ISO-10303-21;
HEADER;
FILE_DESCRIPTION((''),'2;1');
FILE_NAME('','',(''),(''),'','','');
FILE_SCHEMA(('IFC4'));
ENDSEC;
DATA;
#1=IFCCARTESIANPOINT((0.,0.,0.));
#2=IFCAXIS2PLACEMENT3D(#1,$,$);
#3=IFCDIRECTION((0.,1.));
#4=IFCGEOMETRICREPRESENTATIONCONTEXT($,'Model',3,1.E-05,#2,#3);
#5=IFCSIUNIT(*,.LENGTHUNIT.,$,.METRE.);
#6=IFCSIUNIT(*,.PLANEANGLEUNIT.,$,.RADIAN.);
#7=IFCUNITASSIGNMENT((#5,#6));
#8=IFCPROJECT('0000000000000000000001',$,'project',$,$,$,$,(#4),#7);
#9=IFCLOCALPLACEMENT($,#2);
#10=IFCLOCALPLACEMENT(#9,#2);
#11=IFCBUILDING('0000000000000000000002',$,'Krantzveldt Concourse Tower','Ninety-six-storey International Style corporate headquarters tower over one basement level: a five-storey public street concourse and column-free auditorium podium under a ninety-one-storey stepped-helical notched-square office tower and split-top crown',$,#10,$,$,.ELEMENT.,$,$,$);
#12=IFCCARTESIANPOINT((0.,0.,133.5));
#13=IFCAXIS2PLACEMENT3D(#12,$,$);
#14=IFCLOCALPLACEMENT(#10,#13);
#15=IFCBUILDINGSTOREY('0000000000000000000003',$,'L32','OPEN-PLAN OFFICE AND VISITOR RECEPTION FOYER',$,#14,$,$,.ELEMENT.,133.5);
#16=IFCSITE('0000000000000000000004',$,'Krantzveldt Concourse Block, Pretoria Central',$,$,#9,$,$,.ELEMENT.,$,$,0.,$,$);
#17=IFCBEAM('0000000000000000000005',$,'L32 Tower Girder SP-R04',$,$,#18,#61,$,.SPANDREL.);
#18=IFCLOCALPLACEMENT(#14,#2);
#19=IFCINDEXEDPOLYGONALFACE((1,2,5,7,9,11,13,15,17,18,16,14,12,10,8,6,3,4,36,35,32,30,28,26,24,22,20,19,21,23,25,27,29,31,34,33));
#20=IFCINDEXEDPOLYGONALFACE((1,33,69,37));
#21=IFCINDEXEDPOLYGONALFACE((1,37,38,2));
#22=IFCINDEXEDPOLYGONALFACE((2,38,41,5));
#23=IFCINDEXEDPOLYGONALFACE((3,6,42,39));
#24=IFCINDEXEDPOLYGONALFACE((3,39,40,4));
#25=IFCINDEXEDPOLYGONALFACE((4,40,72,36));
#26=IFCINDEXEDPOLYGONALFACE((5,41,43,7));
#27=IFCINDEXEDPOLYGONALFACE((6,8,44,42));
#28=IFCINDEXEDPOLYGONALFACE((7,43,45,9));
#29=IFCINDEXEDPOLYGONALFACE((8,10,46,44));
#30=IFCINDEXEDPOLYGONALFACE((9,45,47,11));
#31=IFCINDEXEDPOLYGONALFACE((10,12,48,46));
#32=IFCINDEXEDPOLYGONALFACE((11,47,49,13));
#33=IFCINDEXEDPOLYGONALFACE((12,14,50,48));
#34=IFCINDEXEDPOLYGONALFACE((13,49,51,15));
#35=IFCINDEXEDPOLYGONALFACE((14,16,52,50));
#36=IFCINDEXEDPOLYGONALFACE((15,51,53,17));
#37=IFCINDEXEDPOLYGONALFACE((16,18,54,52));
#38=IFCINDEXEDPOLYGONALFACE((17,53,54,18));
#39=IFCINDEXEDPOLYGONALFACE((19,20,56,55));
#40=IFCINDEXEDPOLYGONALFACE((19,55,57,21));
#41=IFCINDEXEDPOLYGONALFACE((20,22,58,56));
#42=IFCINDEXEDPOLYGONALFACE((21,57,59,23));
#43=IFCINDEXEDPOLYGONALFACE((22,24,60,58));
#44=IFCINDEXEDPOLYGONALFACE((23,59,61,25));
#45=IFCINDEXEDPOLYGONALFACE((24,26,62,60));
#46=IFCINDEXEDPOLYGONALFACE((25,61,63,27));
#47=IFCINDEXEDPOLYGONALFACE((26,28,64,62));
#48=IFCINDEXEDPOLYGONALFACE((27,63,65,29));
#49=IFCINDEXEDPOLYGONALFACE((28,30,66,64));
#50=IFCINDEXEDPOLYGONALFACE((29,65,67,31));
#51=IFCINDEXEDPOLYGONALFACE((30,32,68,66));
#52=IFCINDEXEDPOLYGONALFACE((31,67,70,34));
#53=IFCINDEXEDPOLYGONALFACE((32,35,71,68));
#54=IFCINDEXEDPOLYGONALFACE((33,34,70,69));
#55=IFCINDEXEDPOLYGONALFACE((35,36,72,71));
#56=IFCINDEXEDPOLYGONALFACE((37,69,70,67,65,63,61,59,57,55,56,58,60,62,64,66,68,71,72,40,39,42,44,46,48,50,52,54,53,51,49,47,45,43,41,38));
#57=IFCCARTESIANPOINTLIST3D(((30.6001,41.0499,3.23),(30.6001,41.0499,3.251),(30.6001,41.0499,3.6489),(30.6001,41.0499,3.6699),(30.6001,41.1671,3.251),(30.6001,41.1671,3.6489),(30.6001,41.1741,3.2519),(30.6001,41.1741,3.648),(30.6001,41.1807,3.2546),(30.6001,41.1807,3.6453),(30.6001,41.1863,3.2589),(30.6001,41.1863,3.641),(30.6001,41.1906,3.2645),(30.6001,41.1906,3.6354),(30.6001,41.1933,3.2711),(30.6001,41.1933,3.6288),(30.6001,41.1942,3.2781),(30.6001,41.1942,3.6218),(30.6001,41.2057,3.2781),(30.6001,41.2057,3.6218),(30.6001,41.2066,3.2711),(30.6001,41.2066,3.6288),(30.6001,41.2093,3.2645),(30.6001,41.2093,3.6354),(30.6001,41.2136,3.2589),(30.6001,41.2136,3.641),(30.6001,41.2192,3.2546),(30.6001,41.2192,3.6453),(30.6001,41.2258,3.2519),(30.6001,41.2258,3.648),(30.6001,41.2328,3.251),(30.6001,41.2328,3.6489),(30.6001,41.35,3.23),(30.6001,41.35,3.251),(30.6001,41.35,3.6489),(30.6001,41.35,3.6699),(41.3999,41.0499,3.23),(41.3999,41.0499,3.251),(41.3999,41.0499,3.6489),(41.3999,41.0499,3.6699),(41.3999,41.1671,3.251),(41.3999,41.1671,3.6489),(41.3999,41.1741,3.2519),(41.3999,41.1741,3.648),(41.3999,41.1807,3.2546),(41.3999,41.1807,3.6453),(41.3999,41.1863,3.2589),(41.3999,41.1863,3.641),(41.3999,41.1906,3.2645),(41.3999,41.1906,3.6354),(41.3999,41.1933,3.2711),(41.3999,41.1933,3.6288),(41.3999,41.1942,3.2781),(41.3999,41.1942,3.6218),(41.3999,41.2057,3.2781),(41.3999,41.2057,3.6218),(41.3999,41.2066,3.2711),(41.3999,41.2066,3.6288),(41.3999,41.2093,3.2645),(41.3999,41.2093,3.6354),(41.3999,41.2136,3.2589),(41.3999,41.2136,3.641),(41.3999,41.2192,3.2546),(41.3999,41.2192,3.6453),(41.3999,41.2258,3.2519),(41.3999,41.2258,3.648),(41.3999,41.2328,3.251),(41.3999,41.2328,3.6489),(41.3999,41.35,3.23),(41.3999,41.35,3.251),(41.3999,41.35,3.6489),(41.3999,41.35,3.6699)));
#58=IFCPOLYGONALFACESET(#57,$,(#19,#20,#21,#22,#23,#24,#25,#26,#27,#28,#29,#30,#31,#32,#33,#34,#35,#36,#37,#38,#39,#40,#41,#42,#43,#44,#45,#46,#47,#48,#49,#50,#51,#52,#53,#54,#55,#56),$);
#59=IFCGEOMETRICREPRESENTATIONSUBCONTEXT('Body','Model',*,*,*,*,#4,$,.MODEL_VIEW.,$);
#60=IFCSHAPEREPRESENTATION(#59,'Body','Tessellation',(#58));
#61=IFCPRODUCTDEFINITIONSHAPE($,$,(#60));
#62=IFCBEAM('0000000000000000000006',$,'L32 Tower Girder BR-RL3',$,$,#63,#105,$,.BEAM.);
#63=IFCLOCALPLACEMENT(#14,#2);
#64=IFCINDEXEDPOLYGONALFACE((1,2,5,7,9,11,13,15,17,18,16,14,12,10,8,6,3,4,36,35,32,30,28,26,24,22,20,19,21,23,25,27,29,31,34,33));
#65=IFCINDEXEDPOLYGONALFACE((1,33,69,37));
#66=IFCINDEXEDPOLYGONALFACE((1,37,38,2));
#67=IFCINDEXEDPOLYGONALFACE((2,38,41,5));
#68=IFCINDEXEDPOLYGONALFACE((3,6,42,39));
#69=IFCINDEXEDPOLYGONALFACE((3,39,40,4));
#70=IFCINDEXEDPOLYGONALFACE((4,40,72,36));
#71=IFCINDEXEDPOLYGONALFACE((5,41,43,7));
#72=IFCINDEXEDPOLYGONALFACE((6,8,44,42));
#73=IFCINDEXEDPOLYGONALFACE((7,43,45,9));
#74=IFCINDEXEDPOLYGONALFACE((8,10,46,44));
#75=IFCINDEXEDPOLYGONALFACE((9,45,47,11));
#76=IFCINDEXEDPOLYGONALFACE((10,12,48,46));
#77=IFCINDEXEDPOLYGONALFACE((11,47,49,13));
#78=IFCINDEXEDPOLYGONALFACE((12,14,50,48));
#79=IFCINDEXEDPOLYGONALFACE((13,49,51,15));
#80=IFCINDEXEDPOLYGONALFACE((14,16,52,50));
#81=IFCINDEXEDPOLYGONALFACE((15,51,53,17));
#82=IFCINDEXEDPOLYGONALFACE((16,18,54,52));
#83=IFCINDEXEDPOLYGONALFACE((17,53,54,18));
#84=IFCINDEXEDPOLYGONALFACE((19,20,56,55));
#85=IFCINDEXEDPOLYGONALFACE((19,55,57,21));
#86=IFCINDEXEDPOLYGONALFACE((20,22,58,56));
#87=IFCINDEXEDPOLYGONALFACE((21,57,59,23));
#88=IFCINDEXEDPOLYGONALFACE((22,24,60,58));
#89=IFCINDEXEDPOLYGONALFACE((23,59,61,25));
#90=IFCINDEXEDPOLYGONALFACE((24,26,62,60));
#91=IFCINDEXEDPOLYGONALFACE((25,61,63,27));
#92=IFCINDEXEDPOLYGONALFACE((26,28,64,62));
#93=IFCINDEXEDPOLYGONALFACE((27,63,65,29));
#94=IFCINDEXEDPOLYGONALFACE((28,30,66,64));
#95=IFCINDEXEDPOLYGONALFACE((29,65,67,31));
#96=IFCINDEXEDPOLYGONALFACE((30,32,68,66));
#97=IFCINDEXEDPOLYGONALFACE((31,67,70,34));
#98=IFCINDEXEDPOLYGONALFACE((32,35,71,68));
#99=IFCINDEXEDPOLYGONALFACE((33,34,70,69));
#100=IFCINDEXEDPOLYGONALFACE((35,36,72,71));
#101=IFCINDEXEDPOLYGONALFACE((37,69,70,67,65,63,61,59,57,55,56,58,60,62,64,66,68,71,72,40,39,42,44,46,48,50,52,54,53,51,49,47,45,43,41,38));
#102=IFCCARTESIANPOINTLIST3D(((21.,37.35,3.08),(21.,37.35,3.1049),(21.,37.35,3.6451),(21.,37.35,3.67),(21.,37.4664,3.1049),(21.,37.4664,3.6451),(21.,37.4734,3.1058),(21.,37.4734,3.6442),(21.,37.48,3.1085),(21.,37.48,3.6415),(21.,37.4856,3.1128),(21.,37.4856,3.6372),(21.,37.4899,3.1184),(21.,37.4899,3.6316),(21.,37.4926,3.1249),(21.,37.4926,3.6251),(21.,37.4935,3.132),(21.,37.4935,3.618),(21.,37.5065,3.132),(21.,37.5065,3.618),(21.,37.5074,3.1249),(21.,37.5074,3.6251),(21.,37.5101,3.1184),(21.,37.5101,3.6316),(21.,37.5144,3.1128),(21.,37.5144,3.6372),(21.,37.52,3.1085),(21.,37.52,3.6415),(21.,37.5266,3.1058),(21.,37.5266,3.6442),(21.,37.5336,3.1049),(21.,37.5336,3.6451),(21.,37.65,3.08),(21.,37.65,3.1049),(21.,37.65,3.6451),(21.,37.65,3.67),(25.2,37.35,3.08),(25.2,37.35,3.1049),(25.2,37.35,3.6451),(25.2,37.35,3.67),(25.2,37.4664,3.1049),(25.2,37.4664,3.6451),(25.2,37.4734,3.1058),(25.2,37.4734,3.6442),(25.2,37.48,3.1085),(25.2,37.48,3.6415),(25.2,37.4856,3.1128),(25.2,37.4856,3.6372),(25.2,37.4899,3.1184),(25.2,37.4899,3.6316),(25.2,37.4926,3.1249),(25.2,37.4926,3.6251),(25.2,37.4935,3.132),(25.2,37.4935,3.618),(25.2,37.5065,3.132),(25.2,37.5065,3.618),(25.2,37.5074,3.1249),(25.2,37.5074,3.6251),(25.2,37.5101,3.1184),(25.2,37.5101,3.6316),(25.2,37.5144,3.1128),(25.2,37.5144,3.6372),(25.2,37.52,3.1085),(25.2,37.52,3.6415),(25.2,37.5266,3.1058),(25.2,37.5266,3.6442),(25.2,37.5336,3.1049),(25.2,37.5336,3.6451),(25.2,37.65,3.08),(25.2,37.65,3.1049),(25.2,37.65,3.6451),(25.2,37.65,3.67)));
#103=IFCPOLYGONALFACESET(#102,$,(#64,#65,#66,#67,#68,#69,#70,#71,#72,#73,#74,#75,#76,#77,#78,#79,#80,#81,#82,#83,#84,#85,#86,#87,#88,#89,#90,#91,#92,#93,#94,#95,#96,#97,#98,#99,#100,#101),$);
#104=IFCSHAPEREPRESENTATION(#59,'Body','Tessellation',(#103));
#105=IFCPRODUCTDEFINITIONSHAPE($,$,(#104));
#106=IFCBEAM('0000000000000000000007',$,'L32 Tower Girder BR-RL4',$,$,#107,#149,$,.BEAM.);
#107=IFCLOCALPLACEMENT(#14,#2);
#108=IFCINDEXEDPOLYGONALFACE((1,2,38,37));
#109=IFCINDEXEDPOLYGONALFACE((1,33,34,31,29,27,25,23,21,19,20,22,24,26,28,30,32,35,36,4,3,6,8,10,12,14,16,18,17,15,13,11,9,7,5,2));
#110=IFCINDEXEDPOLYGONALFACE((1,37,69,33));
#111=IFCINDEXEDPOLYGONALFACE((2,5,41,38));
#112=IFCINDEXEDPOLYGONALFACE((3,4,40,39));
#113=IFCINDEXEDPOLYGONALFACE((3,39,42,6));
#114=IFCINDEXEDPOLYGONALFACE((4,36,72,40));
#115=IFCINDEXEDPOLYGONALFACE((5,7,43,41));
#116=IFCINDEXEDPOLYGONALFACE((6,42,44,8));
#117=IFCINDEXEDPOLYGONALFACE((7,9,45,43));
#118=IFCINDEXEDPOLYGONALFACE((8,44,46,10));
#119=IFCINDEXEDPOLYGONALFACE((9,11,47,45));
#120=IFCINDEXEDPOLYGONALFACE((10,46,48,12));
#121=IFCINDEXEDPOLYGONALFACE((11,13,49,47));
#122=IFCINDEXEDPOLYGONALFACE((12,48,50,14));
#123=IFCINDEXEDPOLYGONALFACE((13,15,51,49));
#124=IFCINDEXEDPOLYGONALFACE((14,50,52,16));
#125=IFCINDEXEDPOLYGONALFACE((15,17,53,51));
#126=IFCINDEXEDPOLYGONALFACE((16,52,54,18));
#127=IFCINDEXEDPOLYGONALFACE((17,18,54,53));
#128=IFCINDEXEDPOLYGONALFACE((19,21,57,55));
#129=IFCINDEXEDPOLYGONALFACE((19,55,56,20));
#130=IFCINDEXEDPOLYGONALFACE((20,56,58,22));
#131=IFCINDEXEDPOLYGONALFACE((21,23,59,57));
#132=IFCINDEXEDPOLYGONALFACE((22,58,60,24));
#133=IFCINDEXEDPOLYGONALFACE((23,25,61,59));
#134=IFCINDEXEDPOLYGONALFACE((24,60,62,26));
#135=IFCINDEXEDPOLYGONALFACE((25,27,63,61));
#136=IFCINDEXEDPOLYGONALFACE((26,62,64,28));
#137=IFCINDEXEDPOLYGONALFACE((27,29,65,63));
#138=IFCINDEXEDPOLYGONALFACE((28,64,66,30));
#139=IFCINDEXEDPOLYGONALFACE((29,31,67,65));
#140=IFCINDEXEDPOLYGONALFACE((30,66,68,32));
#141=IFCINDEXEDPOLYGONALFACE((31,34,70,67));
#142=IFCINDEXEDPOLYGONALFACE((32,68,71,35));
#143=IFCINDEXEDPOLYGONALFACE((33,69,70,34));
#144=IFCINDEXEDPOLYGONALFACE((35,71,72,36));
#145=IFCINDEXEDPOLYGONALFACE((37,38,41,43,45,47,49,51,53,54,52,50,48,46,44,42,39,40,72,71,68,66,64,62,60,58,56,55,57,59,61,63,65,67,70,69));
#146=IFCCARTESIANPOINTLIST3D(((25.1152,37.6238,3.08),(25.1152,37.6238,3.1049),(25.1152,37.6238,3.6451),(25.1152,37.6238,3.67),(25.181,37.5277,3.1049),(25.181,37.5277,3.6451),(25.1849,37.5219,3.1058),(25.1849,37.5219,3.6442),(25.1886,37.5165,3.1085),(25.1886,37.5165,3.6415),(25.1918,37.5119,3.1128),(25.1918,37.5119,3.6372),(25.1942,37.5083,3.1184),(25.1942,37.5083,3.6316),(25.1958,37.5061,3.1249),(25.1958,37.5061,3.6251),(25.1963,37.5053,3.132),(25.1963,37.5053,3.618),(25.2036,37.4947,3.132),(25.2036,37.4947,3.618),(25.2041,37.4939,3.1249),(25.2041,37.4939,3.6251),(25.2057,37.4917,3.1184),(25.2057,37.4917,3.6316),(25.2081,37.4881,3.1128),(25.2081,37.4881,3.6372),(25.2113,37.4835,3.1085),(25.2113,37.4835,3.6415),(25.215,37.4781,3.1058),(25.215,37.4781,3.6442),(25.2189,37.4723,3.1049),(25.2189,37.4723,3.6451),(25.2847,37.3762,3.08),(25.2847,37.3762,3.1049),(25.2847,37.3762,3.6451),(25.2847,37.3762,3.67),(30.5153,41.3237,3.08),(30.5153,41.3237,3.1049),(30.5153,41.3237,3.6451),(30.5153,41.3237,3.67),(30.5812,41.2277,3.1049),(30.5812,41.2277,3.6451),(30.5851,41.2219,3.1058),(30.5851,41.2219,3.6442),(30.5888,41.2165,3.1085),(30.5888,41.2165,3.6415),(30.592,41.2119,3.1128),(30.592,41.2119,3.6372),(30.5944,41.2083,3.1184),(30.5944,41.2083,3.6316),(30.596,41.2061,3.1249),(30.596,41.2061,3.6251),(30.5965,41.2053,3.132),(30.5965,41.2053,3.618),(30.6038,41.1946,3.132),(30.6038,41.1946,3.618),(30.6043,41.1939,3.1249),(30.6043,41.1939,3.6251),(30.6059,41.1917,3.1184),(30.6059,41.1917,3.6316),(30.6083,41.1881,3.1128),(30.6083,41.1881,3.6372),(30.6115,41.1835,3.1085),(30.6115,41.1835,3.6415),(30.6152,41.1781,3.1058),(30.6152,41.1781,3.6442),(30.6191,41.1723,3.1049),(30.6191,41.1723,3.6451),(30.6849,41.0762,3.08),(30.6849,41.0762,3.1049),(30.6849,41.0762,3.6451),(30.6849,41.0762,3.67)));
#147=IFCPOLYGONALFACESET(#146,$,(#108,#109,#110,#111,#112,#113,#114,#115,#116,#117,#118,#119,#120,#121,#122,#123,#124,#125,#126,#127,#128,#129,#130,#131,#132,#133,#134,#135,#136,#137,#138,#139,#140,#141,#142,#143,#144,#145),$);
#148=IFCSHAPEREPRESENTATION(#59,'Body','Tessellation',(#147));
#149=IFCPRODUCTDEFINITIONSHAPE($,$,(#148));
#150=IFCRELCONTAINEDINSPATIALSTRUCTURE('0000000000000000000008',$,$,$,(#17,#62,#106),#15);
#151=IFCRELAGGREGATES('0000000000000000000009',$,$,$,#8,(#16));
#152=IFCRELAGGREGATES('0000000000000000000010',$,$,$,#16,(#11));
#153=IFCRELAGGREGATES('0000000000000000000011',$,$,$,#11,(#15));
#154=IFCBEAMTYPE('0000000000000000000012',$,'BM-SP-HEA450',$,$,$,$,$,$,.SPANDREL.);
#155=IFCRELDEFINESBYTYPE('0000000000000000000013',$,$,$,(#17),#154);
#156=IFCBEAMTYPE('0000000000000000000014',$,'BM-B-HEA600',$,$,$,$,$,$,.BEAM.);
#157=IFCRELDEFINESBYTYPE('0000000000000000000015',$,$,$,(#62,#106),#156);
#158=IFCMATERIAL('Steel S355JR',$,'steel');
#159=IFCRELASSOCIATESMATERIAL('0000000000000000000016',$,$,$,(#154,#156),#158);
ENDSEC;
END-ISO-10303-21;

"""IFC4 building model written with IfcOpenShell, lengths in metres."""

from ifc_helpers import new_model, si_unit, direction, frame, origin, origin_2d, place, context, subcontext, project, spatial, i_section, extrude, source, transform, mapped, material, material_profile, profile_set, type_object, type_shapes, element, save


model = new_model("IFC4")

# Units and contexts
model_context = context("Model", 3, precision=1e-05, world=origin(), true_north=direction((0.0, 1.0)))
body_context = subcontext(model_context, "Body", "Model", "MODEL_VIEW")
ifc_project = project(units=[si_unit("LENGTHUNIT", "METRE"), si_unit("PLANEANGLEUNIT", "RADIAN")], contexts=[model_context])

# Site, building, storey
site_placement = place(None, origin())
site = spatial("IfcSite", under=ifc_project, at=site_placement, Name="Krantzveldt Concourse Block, Pretoria Central", CompositionType="ELEMENT", RefElevation=0.0)
building_placement = place(site_placement, origin())
building = spatial("IfcBuilding", under=site, at=building_placement, Name="Krantzveldt Concourse Tower", Description="Ninety-six-storey International Style corporate headquarters tower over one basement level: a five-storey public street concourse and column-free auditorium podium under a ninety-one-storey stepped-helical notched-square office tower and split-top crown", CompositionType="ELEMENT")
storey_placement = place(building_placement, frame((0.0, 0.0, 133.5)))
storey = spatial("IfcBuildingStorey", under=building, at=storey_placement, Name="L32", Description="OPEN-PLAN OFFICE AND VISITOR RECEPTION FOYER", CompositionType="ELEMENT", Elevation=133.5)

# Beams
ifc_material_1 = material(Name="Steel S355JR", Category="steel")
ifc_material_profile_1 = material_profile(ifc_material_1, i_section(OverallWidth=0.3, OverallDepth=0.4399, WebThickness=0.0115, FlangeThickness=0.021, FilletRadius=0.0271, at=origin_2d()), Name="Steel S355JR", Category="steel")
ifc_profile_set_1 = profile_set([ifc_material_profile_1], Name="Steel S355JR - HEA 450")
beam_type_1 = type_object("IfcBeamType", Name="BM-SP-HEA450", PredefinedType="SPANDREL", material=ifc_profile_set_1)
shared_shape_1 = source(origin(), body_context, "Body", "SweptSolid", [
    extrude(i_section(OverallWidth=0.3, OverallDepth=0.4399, WebThickness=0.0115, FlangeThickness=0.021, FilletRadius=0.0271, at=origin_2d()), origin(), (0.0, 0.0, 1.0), 10.7998),
])
beam_1_placement = place(storey_placement, frame((30.6001, 41.2, 3.45), z_axis=(1.0, 0.0, 0.0), x_axis=(0.0, 1.0, 0.0)))
element("IfcBeam", 1, at=beam_1_placement, inside=storey, type_object=beam_type_1, Name="L32 Tower Girder SP-R04", PredefinedType="SPANDREL", context=body_context, shape_type="MappedRepresentation", body=[
    mapped(shared_shape_1, transform((0.0, 0.0, 0.0), x_axis=(1.0, 0.0, 0.0), y_axis=(0.0, 1.0, 0.0), z_axis=(0.0, 0.0, 1.0), scale=1.0)),
])
ifc_material_profile_2 = material_profile(ifc_material_1, i_section(OverallWidth=0.3, OverallDepth=0.5901, WebThickness=0.0129, FlangeThickness=0.0249, FilletRadius=0.0271, at=origin_2d()), Name="Steel S355JR", Category="steel")
ifc_profile_set_2 = profile_set([ifc_material_profile_2], Name="Steel S355JR - HEA 600")
beam_type_2 = type_object("IfcBeamType", Name="BM-B-HEA600", PredefinedType="BEAM", material=ifc_profile_set_2)
shared_shape_2 = source(origin(), body_context, "Body", "SweptSolid", [
    extrude(i_section(OverallWidth=0.3, OverallDepth=0.5901, WebThickness=0.0129, FlangeThickness=0.0249, FilletRadius=0.0271, at=origin_2d()), origin(), (0.0, 0.0, 1.0), 4.2),
])
beam_2_placement = place(storey_placement, frame((21.0, 37.5, 3.375), z_axis=(1.0, 0.0, 0.0), x_axis=(0.0, 1.0, 0.0)))
element("IfcBeam", 2, at=beam_2_placement, inside=storey, type_object=beam_type_2, Name="L32 Tower Girder BR-RL3", PredefinedType="BEAM", context=body_context, shape_type="MappedRepresentation", body=[
    mapped(shared_shape_2, transform((0.0, 0.0, 0.0), x_axis=(1.0, 0.0, 0.0), y_axis=(0.0, 1.0, 0.0), z_axis=(0.0, 0.0, 1.0), scale=1.0)),
])
shared_shape_3 = source(origin(), body_context, "Body", "SweptSolid", [
    extrude(i_section(OverallWidth=0.3, OverallDepth=0.5901, WebThickness=0.0129, FlangeThickness=0.0249, FilletRadius=0.0271, at=origin_2d()), origin(), (0.0, 0.0, 1.0), 6.5461),
])
type_shapes(beam_type_2, [shared_shape_2, shared_shape_3])
beam_3_placement = place(storey_placement, frame((25.2, 37.5, 3.375), z_axis=(0.824943, 0.565216, 0.0), x_axis=(-0.565216, 0.824943, 0.0)))
element("IfcBeam", 3, at=beam_3_placement, inside=storey, type_object=beam_type_2, Name="L32 Tower Girder BR-RL4", PredefinedType="BEAM", context=body_context, shape_type="MappedRepresentation", body=[
    mapped(shared_shape_3, transform((0.0, 0.0, 0.0), x_axis=(1.0, 0.0, 0.0), y_axis=(0.0, 1.0, 0.0), z_axis=(0.0, 0.0, 1.0), scale=1.0)),
])

save(model, "model.ifc")
